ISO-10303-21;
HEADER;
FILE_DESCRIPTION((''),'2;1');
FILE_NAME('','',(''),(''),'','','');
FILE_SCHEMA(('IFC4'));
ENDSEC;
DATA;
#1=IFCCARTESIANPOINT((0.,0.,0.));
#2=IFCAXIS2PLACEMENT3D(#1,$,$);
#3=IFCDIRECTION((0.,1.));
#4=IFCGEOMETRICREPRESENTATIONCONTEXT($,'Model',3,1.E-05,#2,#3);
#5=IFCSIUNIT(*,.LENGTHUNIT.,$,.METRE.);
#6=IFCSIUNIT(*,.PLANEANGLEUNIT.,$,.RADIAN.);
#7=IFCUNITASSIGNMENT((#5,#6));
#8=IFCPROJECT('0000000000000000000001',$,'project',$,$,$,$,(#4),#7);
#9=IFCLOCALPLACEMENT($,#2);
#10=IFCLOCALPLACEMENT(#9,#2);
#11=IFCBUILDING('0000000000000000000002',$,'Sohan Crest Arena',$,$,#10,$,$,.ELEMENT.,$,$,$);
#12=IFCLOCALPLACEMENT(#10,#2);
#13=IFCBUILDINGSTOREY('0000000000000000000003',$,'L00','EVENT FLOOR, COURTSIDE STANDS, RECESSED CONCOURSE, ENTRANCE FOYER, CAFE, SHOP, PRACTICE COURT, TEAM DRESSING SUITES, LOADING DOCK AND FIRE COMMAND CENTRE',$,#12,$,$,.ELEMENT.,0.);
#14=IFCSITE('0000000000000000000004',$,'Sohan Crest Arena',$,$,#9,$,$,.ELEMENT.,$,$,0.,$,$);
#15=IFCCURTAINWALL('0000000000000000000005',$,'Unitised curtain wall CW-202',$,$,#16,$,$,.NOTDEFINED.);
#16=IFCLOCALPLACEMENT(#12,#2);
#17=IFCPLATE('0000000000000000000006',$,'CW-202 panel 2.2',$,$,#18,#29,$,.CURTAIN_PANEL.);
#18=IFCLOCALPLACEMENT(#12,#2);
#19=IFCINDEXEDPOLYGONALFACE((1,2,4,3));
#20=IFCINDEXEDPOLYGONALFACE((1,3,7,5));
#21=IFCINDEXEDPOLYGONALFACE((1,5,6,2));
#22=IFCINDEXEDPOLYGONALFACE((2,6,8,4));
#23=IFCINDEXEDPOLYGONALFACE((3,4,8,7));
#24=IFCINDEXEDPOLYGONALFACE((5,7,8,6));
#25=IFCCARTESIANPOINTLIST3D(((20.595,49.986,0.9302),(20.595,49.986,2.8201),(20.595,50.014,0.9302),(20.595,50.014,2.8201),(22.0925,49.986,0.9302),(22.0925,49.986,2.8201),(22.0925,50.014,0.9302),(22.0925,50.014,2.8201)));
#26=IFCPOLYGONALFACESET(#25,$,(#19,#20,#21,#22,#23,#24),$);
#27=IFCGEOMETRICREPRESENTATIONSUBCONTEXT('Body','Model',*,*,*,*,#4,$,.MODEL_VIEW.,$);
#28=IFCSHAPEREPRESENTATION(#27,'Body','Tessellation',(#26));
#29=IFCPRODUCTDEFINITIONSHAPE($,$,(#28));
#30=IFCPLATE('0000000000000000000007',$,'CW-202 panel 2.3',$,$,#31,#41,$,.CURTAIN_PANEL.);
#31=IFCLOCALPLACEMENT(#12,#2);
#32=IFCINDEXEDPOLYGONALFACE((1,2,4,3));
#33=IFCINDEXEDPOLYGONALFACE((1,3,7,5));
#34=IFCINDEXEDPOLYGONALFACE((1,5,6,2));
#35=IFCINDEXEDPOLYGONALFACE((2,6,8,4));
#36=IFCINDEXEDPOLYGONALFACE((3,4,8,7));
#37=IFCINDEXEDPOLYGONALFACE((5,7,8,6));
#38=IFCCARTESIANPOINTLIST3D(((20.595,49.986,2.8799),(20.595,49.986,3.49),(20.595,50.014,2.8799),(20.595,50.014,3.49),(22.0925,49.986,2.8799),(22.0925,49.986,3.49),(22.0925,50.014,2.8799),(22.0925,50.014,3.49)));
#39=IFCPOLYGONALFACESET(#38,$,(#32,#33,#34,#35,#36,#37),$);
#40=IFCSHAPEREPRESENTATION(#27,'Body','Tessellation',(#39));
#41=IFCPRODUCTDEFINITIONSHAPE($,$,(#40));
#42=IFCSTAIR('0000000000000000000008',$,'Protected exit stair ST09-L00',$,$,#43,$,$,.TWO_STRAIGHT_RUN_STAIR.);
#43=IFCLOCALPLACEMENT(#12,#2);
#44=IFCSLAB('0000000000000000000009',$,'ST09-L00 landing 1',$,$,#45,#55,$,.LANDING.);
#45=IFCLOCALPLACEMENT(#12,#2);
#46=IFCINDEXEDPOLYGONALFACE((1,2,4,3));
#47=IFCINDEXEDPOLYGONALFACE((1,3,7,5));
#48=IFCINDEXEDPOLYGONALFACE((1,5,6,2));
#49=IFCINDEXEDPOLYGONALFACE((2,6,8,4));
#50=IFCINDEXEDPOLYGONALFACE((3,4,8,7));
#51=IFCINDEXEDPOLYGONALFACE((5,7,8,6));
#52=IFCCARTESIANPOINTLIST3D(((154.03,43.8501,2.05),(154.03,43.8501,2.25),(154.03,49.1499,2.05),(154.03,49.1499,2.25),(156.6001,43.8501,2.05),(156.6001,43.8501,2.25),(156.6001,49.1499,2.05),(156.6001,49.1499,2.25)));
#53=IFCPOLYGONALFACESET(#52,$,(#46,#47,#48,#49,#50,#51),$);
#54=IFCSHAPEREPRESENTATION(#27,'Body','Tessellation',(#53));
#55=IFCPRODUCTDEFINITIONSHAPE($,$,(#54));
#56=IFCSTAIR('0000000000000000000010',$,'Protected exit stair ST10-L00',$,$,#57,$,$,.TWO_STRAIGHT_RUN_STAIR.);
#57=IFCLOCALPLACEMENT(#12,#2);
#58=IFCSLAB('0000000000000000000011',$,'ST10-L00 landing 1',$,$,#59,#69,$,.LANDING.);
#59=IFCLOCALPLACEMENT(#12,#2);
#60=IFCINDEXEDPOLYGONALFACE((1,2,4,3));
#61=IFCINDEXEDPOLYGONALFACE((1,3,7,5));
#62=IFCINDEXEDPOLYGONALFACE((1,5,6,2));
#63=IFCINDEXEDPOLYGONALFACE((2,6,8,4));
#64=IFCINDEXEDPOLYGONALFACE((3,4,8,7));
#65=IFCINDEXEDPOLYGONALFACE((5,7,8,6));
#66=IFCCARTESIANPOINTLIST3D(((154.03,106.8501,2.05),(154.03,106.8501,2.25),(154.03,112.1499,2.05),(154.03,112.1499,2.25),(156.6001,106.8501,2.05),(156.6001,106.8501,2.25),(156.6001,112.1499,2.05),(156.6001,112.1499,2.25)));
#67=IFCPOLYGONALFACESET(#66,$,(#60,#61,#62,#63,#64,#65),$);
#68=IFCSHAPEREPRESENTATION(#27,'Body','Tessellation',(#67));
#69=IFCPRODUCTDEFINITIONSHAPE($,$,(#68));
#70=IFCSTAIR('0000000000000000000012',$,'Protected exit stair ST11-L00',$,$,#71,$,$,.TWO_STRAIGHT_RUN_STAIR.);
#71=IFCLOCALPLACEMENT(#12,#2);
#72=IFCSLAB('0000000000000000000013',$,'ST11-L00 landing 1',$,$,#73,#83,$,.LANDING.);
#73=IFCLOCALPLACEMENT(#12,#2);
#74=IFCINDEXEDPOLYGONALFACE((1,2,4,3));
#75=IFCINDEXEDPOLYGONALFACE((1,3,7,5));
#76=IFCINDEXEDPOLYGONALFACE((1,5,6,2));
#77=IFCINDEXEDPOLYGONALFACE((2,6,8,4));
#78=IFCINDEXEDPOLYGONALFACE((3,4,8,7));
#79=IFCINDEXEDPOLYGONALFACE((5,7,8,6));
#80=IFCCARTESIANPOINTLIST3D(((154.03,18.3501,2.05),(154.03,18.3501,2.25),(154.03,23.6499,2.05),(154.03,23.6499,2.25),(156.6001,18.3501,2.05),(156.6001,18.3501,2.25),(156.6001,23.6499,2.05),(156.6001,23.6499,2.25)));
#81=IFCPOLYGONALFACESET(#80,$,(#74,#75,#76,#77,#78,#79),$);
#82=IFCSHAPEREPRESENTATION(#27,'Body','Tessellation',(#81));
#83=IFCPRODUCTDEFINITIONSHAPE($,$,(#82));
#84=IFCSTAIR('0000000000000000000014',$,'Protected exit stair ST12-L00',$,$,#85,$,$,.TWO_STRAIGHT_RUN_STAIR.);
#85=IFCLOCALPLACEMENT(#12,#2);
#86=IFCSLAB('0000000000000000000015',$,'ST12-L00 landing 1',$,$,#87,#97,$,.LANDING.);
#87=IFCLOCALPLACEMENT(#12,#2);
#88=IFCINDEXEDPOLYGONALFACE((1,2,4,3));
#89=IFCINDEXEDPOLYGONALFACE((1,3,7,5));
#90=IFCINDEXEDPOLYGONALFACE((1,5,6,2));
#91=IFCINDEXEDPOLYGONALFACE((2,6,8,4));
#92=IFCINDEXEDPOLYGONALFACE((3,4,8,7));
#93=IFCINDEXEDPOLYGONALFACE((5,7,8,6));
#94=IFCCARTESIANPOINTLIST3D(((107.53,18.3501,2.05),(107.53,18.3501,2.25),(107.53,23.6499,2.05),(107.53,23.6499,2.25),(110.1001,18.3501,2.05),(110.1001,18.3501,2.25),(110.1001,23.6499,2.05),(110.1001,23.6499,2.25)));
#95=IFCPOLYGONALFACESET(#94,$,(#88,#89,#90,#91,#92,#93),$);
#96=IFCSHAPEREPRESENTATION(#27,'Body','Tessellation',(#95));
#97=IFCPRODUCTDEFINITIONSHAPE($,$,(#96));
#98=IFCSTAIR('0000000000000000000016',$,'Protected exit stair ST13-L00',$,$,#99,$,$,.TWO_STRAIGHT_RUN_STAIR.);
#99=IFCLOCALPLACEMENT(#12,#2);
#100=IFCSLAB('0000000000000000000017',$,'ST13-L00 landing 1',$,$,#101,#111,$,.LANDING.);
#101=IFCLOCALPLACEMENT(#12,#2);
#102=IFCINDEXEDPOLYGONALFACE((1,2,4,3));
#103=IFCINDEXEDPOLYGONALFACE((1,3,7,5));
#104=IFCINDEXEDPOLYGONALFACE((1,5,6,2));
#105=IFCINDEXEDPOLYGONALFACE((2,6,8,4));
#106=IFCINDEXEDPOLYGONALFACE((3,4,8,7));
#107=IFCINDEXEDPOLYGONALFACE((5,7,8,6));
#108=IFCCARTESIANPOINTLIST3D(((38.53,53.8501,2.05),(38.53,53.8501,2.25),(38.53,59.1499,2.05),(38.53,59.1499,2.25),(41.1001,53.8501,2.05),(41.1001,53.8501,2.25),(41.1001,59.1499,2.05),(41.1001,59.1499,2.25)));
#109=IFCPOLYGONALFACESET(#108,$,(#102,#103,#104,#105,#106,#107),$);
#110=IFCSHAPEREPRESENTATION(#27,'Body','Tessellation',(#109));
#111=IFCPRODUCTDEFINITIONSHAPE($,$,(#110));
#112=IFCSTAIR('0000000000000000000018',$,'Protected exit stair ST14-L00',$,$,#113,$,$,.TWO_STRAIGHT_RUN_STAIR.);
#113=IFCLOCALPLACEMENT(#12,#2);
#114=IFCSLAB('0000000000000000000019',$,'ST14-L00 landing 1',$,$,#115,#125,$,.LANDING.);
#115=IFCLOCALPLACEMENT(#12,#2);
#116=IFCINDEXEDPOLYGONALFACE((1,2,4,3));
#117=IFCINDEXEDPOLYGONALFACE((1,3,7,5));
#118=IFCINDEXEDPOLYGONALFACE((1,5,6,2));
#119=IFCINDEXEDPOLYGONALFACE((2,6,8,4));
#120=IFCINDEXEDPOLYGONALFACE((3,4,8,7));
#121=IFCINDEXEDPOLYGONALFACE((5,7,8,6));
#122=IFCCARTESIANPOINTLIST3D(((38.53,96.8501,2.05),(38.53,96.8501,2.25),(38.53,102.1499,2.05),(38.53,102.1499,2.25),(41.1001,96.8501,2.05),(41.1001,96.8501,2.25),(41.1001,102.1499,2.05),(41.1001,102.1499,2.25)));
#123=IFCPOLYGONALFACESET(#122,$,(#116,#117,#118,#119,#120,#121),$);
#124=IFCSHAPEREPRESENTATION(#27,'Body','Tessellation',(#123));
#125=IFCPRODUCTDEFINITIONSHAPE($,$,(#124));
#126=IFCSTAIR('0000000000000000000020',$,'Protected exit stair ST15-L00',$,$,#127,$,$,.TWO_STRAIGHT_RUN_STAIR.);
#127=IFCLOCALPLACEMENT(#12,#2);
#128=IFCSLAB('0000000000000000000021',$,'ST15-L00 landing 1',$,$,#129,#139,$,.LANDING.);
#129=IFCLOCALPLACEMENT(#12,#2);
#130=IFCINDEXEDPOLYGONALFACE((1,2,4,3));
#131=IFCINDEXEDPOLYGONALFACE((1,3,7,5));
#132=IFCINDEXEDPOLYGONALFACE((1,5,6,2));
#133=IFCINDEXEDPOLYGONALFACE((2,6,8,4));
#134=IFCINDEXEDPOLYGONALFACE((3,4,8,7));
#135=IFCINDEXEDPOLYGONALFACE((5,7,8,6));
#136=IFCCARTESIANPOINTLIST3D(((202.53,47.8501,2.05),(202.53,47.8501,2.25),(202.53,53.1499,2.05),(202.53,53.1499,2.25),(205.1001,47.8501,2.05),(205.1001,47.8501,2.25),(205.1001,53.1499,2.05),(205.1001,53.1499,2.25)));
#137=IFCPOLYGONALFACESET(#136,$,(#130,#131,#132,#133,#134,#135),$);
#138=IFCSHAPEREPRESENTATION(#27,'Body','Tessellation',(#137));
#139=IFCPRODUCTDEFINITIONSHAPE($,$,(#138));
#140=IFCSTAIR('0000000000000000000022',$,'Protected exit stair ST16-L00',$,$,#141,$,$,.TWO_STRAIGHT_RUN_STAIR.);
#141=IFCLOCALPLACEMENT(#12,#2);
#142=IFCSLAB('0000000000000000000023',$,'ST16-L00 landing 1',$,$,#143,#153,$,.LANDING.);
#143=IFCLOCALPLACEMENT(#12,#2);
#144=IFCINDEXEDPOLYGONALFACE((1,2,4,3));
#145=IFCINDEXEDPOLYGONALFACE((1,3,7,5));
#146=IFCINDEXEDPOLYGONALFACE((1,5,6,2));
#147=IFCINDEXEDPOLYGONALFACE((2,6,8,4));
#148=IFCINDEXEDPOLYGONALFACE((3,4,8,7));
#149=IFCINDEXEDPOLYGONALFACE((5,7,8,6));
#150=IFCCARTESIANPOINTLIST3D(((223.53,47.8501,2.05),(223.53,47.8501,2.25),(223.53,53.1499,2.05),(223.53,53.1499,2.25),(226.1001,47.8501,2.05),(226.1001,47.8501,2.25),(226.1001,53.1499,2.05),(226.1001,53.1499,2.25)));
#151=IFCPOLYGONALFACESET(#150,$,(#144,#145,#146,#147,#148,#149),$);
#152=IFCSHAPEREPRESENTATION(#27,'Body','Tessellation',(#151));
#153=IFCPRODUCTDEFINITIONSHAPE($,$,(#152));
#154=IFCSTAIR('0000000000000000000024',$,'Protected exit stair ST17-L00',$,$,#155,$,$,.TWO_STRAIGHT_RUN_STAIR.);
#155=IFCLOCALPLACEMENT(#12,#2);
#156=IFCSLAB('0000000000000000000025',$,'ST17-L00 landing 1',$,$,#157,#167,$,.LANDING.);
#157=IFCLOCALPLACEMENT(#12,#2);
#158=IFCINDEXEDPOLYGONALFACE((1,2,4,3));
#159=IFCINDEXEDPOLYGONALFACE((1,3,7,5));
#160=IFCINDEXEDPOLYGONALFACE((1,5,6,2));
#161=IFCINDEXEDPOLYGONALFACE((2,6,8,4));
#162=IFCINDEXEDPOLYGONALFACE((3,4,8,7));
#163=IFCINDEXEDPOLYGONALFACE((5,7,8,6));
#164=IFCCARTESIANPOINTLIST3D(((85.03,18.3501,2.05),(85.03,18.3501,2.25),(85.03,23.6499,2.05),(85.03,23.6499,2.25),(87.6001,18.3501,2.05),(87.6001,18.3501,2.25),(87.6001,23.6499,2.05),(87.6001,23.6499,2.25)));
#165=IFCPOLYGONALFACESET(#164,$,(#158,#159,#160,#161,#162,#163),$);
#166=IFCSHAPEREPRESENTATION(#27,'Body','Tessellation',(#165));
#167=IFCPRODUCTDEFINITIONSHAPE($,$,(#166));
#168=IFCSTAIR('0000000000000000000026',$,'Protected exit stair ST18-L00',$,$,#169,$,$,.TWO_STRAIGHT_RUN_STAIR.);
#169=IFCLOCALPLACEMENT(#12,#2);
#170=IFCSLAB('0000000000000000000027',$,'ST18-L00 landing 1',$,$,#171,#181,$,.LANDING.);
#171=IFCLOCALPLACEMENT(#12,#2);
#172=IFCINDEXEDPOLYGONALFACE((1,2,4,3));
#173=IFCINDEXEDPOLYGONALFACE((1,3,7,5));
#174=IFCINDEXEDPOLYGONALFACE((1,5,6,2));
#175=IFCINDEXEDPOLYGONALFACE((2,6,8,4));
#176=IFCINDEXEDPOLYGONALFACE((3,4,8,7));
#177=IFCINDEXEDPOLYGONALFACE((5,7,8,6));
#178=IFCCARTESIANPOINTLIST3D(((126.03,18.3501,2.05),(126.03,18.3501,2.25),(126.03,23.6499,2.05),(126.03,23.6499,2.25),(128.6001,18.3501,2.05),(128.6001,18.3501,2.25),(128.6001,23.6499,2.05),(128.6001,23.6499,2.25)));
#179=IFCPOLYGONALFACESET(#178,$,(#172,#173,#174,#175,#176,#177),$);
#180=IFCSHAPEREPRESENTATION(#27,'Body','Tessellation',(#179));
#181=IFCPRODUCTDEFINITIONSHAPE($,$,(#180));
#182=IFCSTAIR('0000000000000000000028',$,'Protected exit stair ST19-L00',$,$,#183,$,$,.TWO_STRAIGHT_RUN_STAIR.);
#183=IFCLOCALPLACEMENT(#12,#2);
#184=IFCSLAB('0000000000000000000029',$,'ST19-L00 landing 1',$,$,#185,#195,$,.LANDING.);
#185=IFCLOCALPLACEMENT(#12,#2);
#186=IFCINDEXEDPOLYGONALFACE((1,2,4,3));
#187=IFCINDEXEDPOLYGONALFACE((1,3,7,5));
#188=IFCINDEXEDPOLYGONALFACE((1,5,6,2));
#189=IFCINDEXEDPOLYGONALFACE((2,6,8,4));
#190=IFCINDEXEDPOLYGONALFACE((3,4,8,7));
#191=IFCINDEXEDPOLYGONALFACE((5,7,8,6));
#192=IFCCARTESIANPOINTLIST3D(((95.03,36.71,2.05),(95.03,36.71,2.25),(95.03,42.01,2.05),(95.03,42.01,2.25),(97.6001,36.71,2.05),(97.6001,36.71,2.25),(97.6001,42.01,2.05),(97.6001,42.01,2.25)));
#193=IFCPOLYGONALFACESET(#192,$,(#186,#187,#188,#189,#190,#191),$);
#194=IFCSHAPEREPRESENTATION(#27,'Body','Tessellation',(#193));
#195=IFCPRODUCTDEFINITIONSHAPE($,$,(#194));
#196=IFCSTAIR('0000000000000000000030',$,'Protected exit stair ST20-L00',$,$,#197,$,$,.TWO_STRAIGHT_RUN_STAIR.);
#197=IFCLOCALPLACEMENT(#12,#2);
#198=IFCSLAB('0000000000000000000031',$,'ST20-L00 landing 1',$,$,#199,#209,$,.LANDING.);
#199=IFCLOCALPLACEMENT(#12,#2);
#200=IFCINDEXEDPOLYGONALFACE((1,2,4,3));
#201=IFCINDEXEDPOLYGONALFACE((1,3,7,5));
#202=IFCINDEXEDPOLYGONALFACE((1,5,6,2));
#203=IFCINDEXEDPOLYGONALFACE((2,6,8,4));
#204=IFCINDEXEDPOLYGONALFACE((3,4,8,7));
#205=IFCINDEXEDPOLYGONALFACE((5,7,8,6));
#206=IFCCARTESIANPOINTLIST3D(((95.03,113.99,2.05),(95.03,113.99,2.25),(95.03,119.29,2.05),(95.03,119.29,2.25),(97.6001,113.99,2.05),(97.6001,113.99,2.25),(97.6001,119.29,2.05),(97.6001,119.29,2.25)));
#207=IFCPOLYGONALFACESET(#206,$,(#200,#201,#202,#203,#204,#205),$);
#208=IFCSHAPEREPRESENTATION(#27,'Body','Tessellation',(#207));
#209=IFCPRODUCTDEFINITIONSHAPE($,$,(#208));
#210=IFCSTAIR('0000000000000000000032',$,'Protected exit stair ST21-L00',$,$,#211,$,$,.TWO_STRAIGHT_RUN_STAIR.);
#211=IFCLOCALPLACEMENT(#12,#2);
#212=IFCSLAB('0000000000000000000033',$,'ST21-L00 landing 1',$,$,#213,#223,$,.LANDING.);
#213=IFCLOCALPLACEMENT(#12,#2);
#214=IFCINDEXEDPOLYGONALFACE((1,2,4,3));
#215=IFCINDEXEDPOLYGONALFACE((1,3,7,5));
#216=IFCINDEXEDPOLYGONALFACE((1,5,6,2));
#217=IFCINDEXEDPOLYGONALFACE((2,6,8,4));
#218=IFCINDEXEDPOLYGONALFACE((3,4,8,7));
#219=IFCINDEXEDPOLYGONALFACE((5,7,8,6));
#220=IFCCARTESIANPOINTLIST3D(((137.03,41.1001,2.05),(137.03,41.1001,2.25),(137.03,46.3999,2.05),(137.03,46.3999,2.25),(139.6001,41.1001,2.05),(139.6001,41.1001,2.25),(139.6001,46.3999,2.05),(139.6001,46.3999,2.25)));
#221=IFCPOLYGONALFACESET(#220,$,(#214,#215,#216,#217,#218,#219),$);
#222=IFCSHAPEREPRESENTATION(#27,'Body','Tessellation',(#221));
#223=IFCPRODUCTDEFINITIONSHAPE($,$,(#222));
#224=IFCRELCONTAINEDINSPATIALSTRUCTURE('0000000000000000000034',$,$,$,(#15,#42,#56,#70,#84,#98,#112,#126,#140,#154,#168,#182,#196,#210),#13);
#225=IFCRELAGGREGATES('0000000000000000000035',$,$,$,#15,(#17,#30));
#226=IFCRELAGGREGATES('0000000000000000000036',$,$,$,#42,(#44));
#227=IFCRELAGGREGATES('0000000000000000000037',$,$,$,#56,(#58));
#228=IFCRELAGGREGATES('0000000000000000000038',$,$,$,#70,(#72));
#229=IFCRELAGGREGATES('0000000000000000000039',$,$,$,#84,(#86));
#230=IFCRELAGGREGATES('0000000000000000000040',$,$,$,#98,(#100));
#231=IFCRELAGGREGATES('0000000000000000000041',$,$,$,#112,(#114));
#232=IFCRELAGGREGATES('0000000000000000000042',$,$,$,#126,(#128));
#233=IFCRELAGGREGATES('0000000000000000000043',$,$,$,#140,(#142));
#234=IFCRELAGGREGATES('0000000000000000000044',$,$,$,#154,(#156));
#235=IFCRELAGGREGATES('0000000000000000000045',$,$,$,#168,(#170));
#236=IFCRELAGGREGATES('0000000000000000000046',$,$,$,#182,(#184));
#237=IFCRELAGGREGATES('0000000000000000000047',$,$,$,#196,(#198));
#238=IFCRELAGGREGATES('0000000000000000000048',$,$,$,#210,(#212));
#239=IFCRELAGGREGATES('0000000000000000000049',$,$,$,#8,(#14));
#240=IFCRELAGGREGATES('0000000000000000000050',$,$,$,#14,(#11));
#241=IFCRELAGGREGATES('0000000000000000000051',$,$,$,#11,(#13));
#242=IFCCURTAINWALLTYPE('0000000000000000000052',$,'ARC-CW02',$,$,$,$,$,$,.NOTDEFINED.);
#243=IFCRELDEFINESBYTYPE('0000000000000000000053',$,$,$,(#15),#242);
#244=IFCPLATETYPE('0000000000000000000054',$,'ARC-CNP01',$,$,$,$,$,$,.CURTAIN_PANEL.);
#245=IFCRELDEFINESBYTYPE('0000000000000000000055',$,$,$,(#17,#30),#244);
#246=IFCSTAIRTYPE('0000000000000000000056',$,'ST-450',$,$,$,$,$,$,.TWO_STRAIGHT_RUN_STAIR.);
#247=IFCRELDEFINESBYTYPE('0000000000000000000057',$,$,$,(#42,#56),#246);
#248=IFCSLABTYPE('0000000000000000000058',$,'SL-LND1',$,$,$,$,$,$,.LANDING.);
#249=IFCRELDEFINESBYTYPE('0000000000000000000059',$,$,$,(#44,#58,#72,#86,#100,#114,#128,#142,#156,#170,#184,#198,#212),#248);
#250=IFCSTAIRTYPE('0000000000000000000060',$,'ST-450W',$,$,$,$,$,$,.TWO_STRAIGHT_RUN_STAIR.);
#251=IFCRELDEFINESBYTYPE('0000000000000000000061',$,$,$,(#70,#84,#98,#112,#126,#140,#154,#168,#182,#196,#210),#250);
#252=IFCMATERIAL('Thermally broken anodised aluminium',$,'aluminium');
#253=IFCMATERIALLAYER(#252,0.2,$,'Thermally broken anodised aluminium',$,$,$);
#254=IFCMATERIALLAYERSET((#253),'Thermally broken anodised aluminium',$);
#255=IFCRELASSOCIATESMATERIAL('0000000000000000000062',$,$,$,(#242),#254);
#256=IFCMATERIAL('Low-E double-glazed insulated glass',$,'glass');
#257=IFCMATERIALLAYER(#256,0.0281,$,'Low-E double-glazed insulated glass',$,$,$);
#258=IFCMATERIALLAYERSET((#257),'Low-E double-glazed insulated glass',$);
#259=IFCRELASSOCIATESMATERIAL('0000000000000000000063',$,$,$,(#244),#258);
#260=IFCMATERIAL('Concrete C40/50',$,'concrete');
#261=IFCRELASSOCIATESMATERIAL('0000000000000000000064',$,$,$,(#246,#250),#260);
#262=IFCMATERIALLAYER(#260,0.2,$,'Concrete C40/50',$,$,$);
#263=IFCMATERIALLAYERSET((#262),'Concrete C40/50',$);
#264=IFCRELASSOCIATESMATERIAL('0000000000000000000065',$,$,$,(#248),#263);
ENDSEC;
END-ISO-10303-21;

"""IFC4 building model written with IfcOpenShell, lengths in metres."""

from ifc_helpers import new_model, si_unit, direction, frame, origin, origin_2d, place, context, subcontext, project, spatial, polyline, rectangle, outline, extrude, material, layer, layer_set, type_object, element, aggregate, save


model = new_model("IFC4")

# Units and contexts
model_context = context("Model", 3, precision=1e-05, world=origin(), true_north=direction((0.0, 1.0)))
body_context = subcontext(model_context, "Body", "Model", "MODEL_VIEW")
ifc_project = project(units=[si_unit("LENGTHUNIT", "METRE"), si_unit("PLANEANGLEUNIT", "RADIAN")], contexts=[model_context])

# Site, building, storey
site_placement = place(None, origin())
site = spatial("IfcSite", under=ifc_project, at=site_placement, Name="Sohan Crest Arena", CompositionType="ELEMENT", RefElevation=0.0)
building_placement = place(site_placement, origin())
building = spatial("IfcBuilding", under=site, at=building_placement, Name="Sohan Crest Arena", CompositionType="ELEMENT")
storey_placement = place(building_placement, origin())
storey = spatial("IfcBuildingStorey", under=building, at=storey_placement, Name="L00", Description="EVENT FLOOR, COURTSIDE STANDS, RECESSED CONCOURSE, ENTRANCE FOYER, CAFE, SHOP, PRACTICE COURT, TEAM DRESSING SUITES, LOADING DOCK AND FIRE COMMAND CENTRE", CompositionType="ELEMENT", Elevation=0.0)

# Curtain wall, plates
ifc_material_1 = material(Name="Thermally broken anodised aluminium", Category="aluminium")
ifc_layer_1 = layer(ifc_material_1, 0.2, Name="Thermally broken anodised aluminium")
ifc_layer_set_1 = layer_set([ifc_layer_1], Name="Thermally broken anodised aluminium")
curtain_wall_type = type_object("IfcCurtainWallType", Name="ARC-CW02", PredefinedType="NOTDEFINED", material=ifc_layer_set_1)
curtain_wall_placement = place(storey_placement, origin())
curtain_wall = element("IfcCurtainWall", 1, at=curtain_wall_placement, inside=storey, type_object=curtain_wall_type, Name="Unitised curtain wall CW-202", PredefinedType="NOTDEFINED")
ifc_material_2 = material(Name="Low-E double-glazed insulated glass", Category="glass")
ifc_layer_2 = layer(ifc_material_2, 0.0281, Name="Low-E double-glazed insulated glass")
ifc_layer_set_2 = layer_set([ifc_layer_2], Name="Low-E double-glazed insulated glass")
plate_type = type_object("IfcPlateType", Name="ARC-CNP01", PredefinedType="CURTAIN_PANEL", material=ifc_layer_set_2)
plate_1_placement = place(storey_placement, frame((21.3438, 50.0, 0.9302), z_axis=(0.0, 0.0, 1.0), x_axis=(1.0, 0.0, 0.0)))
plate_1 = element("IfcPlate", 2, at=plate_1_placement, type_object=plate_type, Name="CW-202 panel 2.2", PredefinedType="CURTAIN_PANEL", context=body_context, shape_type="SweptSolid", body=[
    extrude(rectangle(XDim=1.4976, YDim=0.0281, at=origin_2d()), origin(), (0.0, 0.0, 1.0), 1.8899),
])
plate_2_placement = place(storey_placement, frame((21.3438, 50.0, 2.8799), z_axis=(0.0, 0.0, 1.0), x_axis=(1.0, 0.0, 0.0)))
plate_2 = element("IfcPlate", 3, at=plate_2_placement, type_object=plate_type, Name="CW-202 panel 2.3", PredefinedType="CURTAIN_PANEL", context=body_context, shape_type="SweptSolid", body=[
    extrude(rectangle(XDim=1.4976, YDim=0.0281, at=origin_2d()), origin(), (0.0, 0.0, 1.0), 0.6101),
])
aggregate(curtain_wall, [plate_1, plate_2])

# Stairs, slabs
ifc_material_3 = material(Name="Concrete C40/50", Category="concrete")
stair_type_1 = type_object("IfcStairType", Name="ST-450", PredefinedType="TWO_STRAIGHT_RUN_STAIR", material=ifc_material_3)
stair_1_placement = place(storey_placement, origin())
stair_1 = element("IfcStair", 4, at=stair_1_placement, inside=storey, type_object=stair_type_1, Name="Protected exit stair ST09-L00", PredefinedType="TWO_STRAIGHT_RUN_STAIR")
ifc_layer_3 = layer(ifc_material_3, 0.2, Name="Concrete C40/50")
ifc_layer_set_3 = layer_set([ifc_layer_3], Name="Concrete C40/50")
slab_type = type_object("IfcSlabType", Name="SL-LND1", PredefinedType="LANDING", material=ifc_layer_set_3)
slab_1_placement = place(storey_placement, frame((0.0, 0.0, 2.05)))
slab_1 = element("IfcSlab", 5, at=slab_1_placement, type_object=slab_type, Name="ST09-L00 landing 1", PredefinedType="LANDING", context=body_context, shape_type="SweptSolid", body=[
    extrude(outline(polyline([(154.03, 43.8501), (156.6001, 43.8501), (156.6001, 49.1499), (154.03, 49.1499), (154.03, 43.8501)])), origin(), (0.0, 0.0, 1.0), 0.2),
])
aggregate(stair_1, [slab_1])
stair_2_placement = place(storey_placement, origin())
stair_2 = element("IfcStair", 6, at=stair_2_placement, inside=storey, type_object=stair_type_1, Name="Protected exit stair ST10-L00", PredefinedType="TWO_STRAIGHT_RUN_STAIR")
slab_2_placement = place(storey_placement, frame((0.0, 0.0, 2.05)))
slab_2 = element("IfcSlab", 7, at=slab_2_placement, type_object=slab_type, Name="ST10-L00 landing 1", PredefinedType="LANDING", context=body_context, shape_type="SweptSolid", body=[
    extrude(outline(polyline([(154.03, 106.8501), (156.6001, 106.8501), (156.6001, 112.1499), (154.03, 112.1499), (154.03, 106.8501)])), origin(), (0.0, 0.0, 1.0), 0.2),
])
aggregate(stair_2, [slab_2])
stair_type_2 = type_object("IfcStairType", Name="ST-450W", PredefinedType="TWO_STRAIGHT_RUN_STAIR", material=ifc_material_3)
stair_3_placement = place(storey_placement, origin())
stair_3 = element("IfcStair", 8, at=stair_3_placement, inside=storey, type_object=stair_type_2, Name="Protected exit stair ST11-L00", PredefinedType="TWO_STRAIGHT_RUN_STAIR")
slab_3_placement = place(storey_placement, frame((0.0, 0.0, 2.05)))
slab_3 = element("IfcSlab", 9, at=slab_3_placement, type_object=slab_type, Name="ST11-L00 landing 1", PredefinedType="LANDING", context=body_context, shape_type="SweptSolid", body=[
    extrude(outline(polyline([(154.03, 18.3501), (156.6001, 18.3501), (156.6001, 23.6499), (154.03, 23.6499), (154.03, 18.3501)])), origin(), (0.0, 0.0, 1.0), 0.2),
])
aggregate(stair_3, [slab_3])
stair_4_placement = place(storey_placement, origin())
stair_4 = element("IfcStair", 10, at=stair_4_placement, inside=storey, type_object=stair_type_2, Name="Protected exit stair ST12-L00", PredefinedType="TWO_STRAIGHT_RUN_STAIR")
slab_4_placement = place(storey_placement, frame((0.0, 0.0, 2.05)))
slab_4 = element("IfcSlab", 11, at=slab_4_placement, type_object=slab_type, Name="ST12-L00 landing 1", PredefinedType="LANDING", context=body_context, shape_type="SweptSolid", body=[
    extrude(outline(polyline([(107.53, 18.3501), (110.1001, 18.3501), (110.1001, 23.6499), (107.53, 23.6499), (107.53, 18.3501)])), origin(), (0.0, 0.0, 1.0), 0.2),
])
aggregate(stair_4, [slab_4])
stair_5_placement = place(storey_placement, origin())
stair_5 = element("IfcStair", 12, at=stair_5_placement, inside=storey, type_object=stair_type_2, Name="Protected exit stair ST13-L00", PredefinedType="TWO_STRAIGHT_RUN_STAIR")
slab_5_placement = place(storey_placement, frame((0.0, 0.0, 2.05)))
slab_5 = element("IfcSlab", 13, at=slab_5_placement, type_object=slab_type, Name="ST13-L00 landing 1", PredefinedType="LANDING", context=body_context, shape_type="SweptSolid", body=[
    extrude(outline(polyline([(38.53, 53.8501), (41.1001, 53.8501), (41.1001, 59.1499), (38.53, 59.1499), (38.53, 53.8501)])), origin(), (0.0, 0.0, 1.0), 0.2),
])
aggregate(stair_5, [slab_5])
stair_6_placement = place(storey_placement, origin())
stair_6 = element("IfcStair", 14, at=stair_6_placement, inside=storey, type_object=stair_type_2, Name="Protected exit stair ST14-L00", PredefinedType="TWO_STRAIGHT_RUN_STAIR")
slab_6_placement = place(storey_placement, frame((0.0, 0.0, 2.05)))
slab_6 = element("IfcSlab", 15, at=slab_6_placement, type_object=slab_type, Name="ST14-L00 landing 1", PredefinedType="LANDING", context=body_context, shape_type="SweptSolid", body=[
    extrude(outline(polyline([(38.53, 96.8501), (41.1001, 96.8501), (41.1001, 102.1499), (38.53, 102.1499), (38.53, 96.8501)])), origin(), (0.0, 0.0, 1.0), 0.2),
])
aggregate(stair_6, [slab_6])
stair_7_placement = place(storey_placement, origin())
stair_7 = element("IfcStair", 16, at=stair_7_placement, inside=storey, type_object=stair_type_2, Name="Protected exit stair ST15-L00", PredefinedType="TWO_STRAIGHT_RUN_STAIR")
slab_7_placement = place(storey_placement, frame((0.0, 0.0, 2.05)))
slab_7 = element("IfcSlab", 17, at=slab_7_placement, type_object=slab_type, Name="ST15-L00 landing 1", PredefinedType="LANDING", context=body_context, shape_type="SweptSolid", body=[
    extrude(outline(polyline([(202.53, 47.8501), (205.1001, 47.8501), (205.1001, 53.1499), (202.53, 53.1499), (202.53, 47.8501)])), origin(), (0.0, 0.0, 1.0), 0.2),
])
aggregate(stair_7, [slab_7])
stair_8_placement = place(storey_placement, origin())
stair_8 = element("IfcStair", 18, at=stair_8_placement, inside=storey, type_object=stair_type_2, Name="Protected exit stair ST16-L00", PredefinedType="TWO_STRAIGHT_RUN_STAIR")
slab_8_placement = place(storey_placement, frame((0.0, 0.0, 2.05)))
slab_8 = element("IfcSlab", 19, at=slab_8_placement, type_object=slab_type, Name="ST16-L00 landing 1", PredefinedType="LANDING", context=body_context, shape_type="SweptSolid", body=[
    extrude(outline(polyline([(223.53, 47.8501), (226.1001, 47.8501), (226.1001, 53.1499), (223.53, 53.1499), (223.53, 47.8501)])), origin(), (0.0, 0.0, 1.0), 0.2),
])
aggregate(stair_8, [slab_8])
stair_9_placement = place(storey_placement, origin())
stair_9 = element("IfcStair", 20, at=stair_9_placement, inside=storey, type_object=stair_type_2, Name="Protected exit stair ST17-L00", PredefinedType="TWO_STRAIGHT_RUN_STAIR")
slab_9_placement = place(storey_placement, frame((0.0, 0.0, 2.05)))
slab_9 = element("IfcSlab", 21, at=slab_9_placement, type_object=slab_type, Name="ST17-L00 landing 1", PredefinedType="LANDING", context=body_context, shape_type="SweptSolid", body=[
    extrude(outline(polyline([(85.03, 18.3501), (87.6001, 18.3501), (87.6001, 23.6499), (85.03, 23.6499), (85.03, 18.3501)])), origin(), (0.0, 0.0, 1.0), 0.2),
])
aggregate(stair_9, [slab_9])
stair_10_placement = place(storey_placement, origin())
stair_10 = element("IfcStair", 22, at=stair_10_placement, inside=storey, type_object=stair_type_2, Name="Protected exit stair ST18-L00", PredefinedType="TWO_STRAIGHT_RUN_STAIR")
slab_10_placement = place(storey_placement, frame((0.0, 0.0, 2.05)))
slab_10 = element("IfcSlab", 23, at=slab_10_placement, type_object=slab_type, Name="ST18-L00 landing 1", PredefinedType="LANDING", context=body_context, shape_type="SweptSolid", body=[
    extrude(outline(polyline([(126.03, 18.3501), (128.6001, 18.3501), (128.6001, 23.6499), (126.03, 23.6499), (126.03, 18.3501)])), origin(), (0.0, 0.0, 1.0), 0.2),
])
aggregate(stair_10, [slab_10])
stair_11_placement = place(storey_placement, origin())
stair_11 = element("IfcStair", 24, at=stair_11_placement, inside=storey, type_object=stair_type_2, Name="Protected exit stair ST19-L00", PredefinedType="TWO_STRAIGHT_RUN_STAIR")
slab_11_placement = place(storey_placement, frame((0.0, 0.0, 2.05)))
slab_11 = element("IfcSlab", 25, at=slab_11_placement, type_object=slab_type, Name="ST19-L00 landing 1", PredefinedType="LANDING", context=body_context, shape_type="SweptSolid", body=[
    extrude(outline(polyline([(95.03, 36.71), (97.6001, 36.71), (97.6001, 42.01), (95.03, 42.01), (95.03, 36.71)])), origin(), (0.0, 0.0, 1.0), 0.2),
])
aggregate(stair_11, [slab_11])
stair_12_placement = place(storey_placement, origin())
stair_12 = element("IfcStair", 26, at=stair_12_placement, inside=storey, type_object=stair_type_2, Name="Protected exit stair ST20-L00", PredefinedType="TWO_STRAIGHT_RUN_STAIR")
slab_12_placement = place(storey_placement, frame((0.0, 0.0, 2.05)))
slab_12 = element("IfcSlab", 27, at=slab_12_placement, type_object=slab_type, Name="ST20-L00 landing 1", PredefinedType="LANDING", context=body_context, shape_type="SweptSolid", body=[
    extrude(outline(polyline([(95.03, 113.99), (97.6001, 113.99), (97.6001, 119.29), (95.03, 119.29), (95.03, 113.99)])), origin(), (0.0, 0.0, 1.0), 0.2),
])
aggregate(stair_12, [slab_12])
stair_13_placement = place(storey_placement, origin())
stair_13 = element("IfcStair", 28, at=stair_13_placement, inside=storey, type_object=stair_type_2, Name="Protected exit stair ST21-L00", PredefinedType="TWO_STRAIGHT_RUN_STAIR")
slab_13_placement = place(storey_placement, frame((0.0, 0.0, 2.05)))
slab_13 = element("IfcSlab", 29, at=slab_13_placement, type_object=slab_type, Name="ST21-L00 landing 1", PredefinedType="LANDING", context=body_context, shape_type="SweptSolid", body=[
    extrude(outline(polyline([(137.03, 41.1001), (139.6001, 41.1001), (139.6001, 46.3999), (137.03, 46.3999), (137.03, 41.1001)])), origin(), (0.0, 0.0, 1.0), 0.2),
])
aggregate(stair_13, [slab_13])

save(model, "model.ifc")
